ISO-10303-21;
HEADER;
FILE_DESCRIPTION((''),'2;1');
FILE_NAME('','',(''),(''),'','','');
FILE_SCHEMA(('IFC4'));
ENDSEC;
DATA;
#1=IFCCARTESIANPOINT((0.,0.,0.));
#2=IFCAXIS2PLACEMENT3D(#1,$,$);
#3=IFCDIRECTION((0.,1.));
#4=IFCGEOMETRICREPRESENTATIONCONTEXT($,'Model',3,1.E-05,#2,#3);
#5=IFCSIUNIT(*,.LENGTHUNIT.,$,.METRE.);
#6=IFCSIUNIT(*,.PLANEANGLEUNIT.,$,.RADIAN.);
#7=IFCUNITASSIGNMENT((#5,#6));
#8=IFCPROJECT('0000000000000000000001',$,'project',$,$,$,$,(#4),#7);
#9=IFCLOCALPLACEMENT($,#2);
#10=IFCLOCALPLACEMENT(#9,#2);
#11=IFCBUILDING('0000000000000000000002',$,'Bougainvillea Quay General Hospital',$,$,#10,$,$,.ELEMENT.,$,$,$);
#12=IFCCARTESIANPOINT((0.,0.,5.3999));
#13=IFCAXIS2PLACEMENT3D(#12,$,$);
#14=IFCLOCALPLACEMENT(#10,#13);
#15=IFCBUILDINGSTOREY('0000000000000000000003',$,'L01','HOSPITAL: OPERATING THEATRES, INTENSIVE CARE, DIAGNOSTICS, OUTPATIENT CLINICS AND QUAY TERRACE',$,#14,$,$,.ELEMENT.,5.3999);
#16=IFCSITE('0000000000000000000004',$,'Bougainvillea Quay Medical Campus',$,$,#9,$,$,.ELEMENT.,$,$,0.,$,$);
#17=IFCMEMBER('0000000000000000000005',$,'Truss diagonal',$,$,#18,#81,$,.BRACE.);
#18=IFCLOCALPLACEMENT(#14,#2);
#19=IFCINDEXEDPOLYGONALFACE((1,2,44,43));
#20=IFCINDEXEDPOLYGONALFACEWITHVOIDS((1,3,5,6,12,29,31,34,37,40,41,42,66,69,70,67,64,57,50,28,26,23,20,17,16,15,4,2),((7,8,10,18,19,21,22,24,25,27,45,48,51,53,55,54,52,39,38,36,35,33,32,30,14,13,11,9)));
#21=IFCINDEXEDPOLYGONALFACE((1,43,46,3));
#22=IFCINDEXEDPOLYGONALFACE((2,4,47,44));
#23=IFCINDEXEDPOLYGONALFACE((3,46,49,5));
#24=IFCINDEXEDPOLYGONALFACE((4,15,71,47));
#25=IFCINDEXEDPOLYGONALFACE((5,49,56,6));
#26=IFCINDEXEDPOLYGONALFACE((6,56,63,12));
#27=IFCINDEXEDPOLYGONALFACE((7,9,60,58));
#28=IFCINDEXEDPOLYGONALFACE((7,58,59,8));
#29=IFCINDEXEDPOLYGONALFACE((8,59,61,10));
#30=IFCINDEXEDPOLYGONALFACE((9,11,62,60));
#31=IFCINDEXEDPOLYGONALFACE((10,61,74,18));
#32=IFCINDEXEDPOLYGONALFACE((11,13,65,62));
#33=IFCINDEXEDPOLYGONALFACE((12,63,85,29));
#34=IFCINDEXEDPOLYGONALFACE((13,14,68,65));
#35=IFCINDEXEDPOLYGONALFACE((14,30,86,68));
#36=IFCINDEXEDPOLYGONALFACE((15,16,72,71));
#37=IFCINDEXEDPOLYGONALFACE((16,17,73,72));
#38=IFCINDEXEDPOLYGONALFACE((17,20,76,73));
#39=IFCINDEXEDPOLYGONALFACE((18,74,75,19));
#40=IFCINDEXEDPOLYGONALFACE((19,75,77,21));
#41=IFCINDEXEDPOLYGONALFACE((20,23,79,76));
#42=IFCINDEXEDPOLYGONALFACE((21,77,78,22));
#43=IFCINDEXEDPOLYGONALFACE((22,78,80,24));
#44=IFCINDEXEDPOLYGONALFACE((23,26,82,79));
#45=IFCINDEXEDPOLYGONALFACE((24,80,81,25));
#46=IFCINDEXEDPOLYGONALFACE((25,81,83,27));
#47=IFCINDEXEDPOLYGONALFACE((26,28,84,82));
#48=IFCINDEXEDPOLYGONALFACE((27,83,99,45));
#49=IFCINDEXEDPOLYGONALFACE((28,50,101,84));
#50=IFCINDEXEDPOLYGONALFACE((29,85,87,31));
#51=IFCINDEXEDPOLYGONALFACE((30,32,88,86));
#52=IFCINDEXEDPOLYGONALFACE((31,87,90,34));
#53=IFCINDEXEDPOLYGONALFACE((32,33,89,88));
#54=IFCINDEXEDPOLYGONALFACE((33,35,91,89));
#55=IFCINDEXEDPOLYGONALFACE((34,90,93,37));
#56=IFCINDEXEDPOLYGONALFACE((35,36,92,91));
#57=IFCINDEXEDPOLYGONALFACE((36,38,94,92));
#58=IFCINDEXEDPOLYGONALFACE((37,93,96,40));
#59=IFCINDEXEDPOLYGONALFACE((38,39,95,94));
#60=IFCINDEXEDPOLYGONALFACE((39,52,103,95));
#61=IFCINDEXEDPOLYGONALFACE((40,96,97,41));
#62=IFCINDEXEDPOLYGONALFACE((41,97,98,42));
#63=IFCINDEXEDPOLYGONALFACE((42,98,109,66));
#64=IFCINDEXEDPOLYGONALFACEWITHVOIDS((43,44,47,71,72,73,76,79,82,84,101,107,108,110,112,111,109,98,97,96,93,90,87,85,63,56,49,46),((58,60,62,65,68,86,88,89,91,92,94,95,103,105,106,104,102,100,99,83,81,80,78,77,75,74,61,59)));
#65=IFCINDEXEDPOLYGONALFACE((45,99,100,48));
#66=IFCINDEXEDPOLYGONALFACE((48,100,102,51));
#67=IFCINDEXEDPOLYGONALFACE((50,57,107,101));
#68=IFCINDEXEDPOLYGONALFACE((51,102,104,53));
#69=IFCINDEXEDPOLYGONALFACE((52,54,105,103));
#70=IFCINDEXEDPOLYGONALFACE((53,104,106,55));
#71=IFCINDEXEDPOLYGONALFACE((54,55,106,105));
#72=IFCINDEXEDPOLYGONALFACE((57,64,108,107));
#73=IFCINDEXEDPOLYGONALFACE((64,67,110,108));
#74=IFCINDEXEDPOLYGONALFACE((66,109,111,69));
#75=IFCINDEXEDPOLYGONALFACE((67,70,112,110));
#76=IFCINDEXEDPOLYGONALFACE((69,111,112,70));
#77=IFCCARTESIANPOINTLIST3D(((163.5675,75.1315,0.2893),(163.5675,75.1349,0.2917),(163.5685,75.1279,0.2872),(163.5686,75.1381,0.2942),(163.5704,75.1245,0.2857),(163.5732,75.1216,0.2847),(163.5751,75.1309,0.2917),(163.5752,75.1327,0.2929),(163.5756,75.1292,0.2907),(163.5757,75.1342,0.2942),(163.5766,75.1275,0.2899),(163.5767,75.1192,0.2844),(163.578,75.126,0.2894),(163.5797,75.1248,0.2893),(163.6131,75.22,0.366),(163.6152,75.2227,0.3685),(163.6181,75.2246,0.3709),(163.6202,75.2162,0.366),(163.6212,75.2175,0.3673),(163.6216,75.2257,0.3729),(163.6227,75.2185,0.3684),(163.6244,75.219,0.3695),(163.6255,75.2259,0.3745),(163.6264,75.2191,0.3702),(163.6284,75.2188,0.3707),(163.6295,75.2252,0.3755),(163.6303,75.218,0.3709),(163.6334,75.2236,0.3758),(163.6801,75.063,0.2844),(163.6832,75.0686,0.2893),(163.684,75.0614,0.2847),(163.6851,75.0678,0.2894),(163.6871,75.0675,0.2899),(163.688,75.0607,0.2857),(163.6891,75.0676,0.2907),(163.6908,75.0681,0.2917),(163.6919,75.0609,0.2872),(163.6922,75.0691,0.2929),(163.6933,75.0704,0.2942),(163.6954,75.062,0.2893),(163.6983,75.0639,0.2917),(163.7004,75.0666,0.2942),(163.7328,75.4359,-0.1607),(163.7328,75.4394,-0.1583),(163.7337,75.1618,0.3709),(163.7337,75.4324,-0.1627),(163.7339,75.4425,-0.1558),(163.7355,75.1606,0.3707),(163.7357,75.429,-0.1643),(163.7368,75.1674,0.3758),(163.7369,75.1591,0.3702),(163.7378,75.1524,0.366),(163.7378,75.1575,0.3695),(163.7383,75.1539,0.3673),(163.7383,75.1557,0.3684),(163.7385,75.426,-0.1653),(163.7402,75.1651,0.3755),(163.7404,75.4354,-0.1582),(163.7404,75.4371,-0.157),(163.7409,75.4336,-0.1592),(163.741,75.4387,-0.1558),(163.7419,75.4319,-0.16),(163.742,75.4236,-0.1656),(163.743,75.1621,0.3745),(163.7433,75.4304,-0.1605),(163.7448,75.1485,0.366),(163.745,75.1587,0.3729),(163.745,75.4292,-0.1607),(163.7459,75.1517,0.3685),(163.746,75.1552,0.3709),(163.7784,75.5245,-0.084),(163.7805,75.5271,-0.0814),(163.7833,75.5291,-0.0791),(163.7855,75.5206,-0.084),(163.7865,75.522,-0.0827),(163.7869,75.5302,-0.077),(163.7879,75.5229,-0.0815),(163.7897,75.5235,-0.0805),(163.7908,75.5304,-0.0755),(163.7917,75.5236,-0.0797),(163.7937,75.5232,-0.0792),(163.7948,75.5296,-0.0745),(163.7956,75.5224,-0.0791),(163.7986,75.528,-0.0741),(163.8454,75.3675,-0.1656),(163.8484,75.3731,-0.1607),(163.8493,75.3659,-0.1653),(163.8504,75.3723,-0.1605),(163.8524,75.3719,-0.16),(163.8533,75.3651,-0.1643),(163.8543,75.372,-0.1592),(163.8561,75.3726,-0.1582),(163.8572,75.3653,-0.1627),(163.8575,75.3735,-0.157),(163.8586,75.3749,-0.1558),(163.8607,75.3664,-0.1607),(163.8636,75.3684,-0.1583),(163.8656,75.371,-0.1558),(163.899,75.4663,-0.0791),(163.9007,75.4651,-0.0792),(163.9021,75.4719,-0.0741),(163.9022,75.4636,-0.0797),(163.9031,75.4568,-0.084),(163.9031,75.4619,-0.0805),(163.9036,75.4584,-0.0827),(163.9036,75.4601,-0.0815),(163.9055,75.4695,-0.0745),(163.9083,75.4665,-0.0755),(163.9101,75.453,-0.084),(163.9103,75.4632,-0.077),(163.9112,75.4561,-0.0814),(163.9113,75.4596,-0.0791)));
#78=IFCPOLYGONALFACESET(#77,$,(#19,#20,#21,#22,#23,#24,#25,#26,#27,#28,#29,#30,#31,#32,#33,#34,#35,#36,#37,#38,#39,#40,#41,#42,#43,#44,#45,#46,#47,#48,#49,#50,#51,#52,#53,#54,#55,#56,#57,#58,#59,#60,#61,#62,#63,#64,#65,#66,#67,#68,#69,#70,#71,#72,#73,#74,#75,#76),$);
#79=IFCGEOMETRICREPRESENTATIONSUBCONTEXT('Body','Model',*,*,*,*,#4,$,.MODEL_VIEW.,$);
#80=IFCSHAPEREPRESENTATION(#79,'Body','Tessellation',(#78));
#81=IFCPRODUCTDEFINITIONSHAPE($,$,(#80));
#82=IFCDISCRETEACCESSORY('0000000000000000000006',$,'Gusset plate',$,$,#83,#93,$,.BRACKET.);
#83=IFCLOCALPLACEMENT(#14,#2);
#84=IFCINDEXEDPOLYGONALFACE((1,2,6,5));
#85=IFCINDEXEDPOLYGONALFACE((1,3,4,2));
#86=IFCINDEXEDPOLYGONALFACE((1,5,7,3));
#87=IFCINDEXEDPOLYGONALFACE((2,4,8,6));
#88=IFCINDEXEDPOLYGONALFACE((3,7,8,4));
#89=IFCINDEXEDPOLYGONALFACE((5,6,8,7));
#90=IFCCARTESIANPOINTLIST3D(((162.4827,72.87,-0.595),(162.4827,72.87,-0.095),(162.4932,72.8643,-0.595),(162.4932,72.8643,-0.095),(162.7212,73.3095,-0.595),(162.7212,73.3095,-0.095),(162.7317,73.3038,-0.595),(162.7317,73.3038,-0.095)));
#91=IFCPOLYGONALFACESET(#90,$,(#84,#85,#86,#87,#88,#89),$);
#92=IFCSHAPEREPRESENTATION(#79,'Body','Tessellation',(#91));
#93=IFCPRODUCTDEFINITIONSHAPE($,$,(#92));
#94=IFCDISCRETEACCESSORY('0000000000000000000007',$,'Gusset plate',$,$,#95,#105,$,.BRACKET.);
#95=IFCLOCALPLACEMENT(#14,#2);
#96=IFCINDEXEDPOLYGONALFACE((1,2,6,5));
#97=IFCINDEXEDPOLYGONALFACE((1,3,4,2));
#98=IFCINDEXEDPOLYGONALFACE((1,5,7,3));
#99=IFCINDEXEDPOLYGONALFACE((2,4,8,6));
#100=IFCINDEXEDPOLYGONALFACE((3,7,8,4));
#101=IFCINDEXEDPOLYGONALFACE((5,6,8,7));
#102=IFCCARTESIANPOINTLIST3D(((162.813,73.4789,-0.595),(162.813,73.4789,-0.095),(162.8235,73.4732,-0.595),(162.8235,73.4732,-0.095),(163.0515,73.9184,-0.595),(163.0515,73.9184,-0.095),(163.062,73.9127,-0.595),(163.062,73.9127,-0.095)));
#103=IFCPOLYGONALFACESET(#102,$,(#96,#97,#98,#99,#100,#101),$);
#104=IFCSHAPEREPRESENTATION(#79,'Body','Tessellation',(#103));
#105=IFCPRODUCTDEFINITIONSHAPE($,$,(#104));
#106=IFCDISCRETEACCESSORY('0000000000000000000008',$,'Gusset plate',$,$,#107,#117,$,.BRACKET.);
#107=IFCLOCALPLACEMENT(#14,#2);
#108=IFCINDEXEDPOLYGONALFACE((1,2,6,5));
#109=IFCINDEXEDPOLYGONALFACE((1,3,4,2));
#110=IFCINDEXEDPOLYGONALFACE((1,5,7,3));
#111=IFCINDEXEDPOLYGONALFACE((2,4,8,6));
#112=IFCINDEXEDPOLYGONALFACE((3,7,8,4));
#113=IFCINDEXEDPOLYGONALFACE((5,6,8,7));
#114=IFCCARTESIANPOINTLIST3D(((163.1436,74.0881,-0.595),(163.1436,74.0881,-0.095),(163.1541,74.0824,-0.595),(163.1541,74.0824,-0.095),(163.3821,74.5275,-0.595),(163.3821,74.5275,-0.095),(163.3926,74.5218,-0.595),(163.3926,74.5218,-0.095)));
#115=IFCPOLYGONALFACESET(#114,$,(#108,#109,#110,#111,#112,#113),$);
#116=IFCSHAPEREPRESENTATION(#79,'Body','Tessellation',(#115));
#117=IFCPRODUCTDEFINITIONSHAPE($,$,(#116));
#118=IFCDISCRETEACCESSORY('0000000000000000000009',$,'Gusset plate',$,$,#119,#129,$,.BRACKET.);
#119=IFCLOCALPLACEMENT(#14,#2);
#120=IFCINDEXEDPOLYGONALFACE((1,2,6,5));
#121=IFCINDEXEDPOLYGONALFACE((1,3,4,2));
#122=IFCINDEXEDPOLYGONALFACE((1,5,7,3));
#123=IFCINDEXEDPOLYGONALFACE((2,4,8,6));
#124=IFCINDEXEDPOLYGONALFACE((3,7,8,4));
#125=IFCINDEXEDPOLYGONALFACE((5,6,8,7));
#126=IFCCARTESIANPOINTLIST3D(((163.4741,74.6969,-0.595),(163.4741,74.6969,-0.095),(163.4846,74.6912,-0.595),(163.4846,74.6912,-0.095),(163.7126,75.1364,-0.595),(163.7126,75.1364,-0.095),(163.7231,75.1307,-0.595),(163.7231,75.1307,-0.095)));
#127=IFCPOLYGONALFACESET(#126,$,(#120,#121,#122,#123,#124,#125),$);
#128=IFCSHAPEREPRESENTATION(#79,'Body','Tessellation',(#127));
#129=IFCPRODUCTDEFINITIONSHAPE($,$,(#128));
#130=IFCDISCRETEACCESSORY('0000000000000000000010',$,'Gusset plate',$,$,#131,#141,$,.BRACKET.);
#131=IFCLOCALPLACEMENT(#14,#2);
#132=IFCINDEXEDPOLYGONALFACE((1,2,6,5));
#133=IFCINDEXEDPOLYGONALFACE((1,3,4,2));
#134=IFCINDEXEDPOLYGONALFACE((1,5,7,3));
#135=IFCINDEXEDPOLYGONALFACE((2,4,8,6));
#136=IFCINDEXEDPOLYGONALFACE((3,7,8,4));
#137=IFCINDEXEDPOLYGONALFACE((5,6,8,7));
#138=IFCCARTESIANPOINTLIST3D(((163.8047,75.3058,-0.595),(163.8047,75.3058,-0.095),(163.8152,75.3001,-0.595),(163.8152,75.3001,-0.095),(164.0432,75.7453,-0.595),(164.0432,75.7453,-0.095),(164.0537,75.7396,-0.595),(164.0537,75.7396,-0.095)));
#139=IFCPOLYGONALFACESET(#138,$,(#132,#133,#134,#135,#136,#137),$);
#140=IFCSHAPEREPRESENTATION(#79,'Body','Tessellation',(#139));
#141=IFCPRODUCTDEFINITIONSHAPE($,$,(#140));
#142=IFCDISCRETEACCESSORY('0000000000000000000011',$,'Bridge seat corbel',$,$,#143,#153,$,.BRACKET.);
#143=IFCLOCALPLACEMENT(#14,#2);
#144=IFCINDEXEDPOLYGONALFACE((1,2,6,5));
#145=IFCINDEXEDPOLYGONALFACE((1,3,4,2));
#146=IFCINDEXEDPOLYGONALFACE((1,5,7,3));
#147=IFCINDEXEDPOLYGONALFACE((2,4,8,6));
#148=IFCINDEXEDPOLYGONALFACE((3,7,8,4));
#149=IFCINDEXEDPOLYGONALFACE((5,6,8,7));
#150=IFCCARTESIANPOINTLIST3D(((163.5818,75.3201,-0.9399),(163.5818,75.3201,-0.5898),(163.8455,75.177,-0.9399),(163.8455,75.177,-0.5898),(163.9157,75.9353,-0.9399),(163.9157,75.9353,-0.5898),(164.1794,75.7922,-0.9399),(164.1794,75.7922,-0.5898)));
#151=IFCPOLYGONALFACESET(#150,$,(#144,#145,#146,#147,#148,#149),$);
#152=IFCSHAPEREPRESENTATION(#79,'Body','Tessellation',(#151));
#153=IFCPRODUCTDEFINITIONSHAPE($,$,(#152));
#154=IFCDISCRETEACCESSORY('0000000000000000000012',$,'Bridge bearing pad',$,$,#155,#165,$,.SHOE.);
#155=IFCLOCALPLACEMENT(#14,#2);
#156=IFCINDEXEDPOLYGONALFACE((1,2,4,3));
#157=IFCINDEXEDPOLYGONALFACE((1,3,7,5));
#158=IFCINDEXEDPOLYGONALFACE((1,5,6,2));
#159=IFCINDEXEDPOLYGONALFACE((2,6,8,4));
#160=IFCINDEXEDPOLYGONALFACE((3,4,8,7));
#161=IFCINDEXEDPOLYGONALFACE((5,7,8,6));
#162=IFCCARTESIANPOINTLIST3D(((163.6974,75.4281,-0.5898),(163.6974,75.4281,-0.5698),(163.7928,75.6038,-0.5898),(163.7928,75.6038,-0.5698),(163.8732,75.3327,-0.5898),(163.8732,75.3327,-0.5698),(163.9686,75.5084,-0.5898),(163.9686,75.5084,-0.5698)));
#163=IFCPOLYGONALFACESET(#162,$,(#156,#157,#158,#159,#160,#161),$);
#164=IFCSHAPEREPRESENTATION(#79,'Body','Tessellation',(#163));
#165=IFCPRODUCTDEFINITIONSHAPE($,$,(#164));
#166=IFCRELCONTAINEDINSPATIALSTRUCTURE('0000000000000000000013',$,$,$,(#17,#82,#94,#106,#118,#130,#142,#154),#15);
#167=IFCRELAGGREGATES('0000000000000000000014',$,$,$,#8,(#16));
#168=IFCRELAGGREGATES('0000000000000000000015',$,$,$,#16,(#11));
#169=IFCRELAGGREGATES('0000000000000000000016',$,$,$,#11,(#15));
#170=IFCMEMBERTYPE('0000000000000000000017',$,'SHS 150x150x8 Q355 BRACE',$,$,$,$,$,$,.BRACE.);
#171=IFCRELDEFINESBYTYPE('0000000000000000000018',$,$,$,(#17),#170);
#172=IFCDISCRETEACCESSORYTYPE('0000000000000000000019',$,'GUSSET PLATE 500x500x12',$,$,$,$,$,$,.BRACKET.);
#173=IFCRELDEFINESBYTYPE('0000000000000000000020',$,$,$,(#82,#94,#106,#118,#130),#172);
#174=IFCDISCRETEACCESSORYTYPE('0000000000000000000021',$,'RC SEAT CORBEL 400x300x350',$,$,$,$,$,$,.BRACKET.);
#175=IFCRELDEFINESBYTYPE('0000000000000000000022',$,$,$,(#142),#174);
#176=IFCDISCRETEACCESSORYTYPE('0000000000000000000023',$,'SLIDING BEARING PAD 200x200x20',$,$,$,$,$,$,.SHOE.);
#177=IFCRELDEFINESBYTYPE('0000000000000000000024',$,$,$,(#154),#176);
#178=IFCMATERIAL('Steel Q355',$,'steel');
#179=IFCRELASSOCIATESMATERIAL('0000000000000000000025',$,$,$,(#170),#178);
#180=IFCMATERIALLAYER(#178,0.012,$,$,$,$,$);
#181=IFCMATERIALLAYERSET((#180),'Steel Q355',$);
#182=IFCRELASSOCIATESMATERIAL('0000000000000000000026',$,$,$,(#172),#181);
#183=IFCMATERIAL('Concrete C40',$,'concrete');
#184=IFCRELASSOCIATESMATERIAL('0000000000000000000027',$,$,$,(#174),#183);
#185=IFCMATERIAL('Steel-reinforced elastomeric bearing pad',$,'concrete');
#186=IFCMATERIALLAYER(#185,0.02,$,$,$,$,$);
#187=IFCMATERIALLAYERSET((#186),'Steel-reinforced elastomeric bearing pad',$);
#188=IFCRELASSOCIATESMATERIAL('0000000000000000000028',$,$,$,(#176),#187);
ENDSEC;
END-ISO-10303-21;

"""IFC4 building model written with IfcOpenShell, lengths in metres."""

from ifc_helpers import new_model, si_unit, direction, frame, origin, origin_2d, place, context, subcontext, project, spatial, rectangle, hollow_rectangle, extrude, material, layer, layer_set, material_profile, profile_set, type_object, element, save


model = new_model("IFC4")

# Units and contexts
model_context = context("Model", 3, precision=1e-05, world=origin(), true_north=direction((0.0, 1.0)))
body_context = subcontext(model_context, "Body", "Model", "MODEL_VIEW")
ifc_project = project(units=[si_unit("LENGTHUNIT", "METRE"), si_unit("PLANEANGLEUNIT", "RADIAN")], contexts=[model_context])

# Site, building, storey
site_placement = place(None, origin())
site = spatial("IfcSite", under=ifc_project, at=site_placement, Name="Bougainvillea Quay Medical Campus", CompositionType="ELEMENT", RefElevation=0.0)
building_placement = place(site_placement, origin())
building = spatial("IfcBuilding", under=site, at=building_placement, Name="Bougainvillea Quay General Hospital", CompositionType="ELEMENT")
storey_placement = place(building_placement, frame((0.0, 0.0, 5.3999)))
storey = spatial("IfcBuildingStorey", under=building, at=storey_placement, Name="L01", Description="HOSPITAL: OPERATING THEATRES, INTENSIVE CARE, DIAGNOSTICS, OUTPATIENT CLINICS AND QUAY TERRACE", CompositionType="ELEMENT", Elevation=5.3999)

# Member
ifc_material_1 = material(Name="Steel Q355", Category="steel")
ifc_material_profile_1 = material_profile(ifc_material_1, hollow_rectangle(XDim=0.1499, YDim=0.1499, WallThickness=0.0081, InnerFilletRadius=0.0081, OuterFilletRadius=0.0161, at=origin_2d()))
ifc_profile_set_1 = profile_set([ifc_material_profile_1], Name="Steel Q355")
member_type_1 = type_object("IfcMemberType", Name="SHS 150x150x8 Q355 BRACE", PredefinedType="BRACE", material=ifc_profile_set_1)
for number, where, z_axis, x_axis, name in (
    (1, (163.822, 75.4478, -0.1199), (-0.291065, -0.536128, 0.792369), (0.878837, -0.477123, 0.0), "Truss diagonal"),
):
    element("IfcMember", number, at=place(storey_placement, frame(where, z_axis=z_axis, x_axis=x_axis)), inside=storey, type_object=member_type_1, Name=name, PredefinedType="BRACE", context=body_context, shape_type="SweptSolid", body=[
        extrude(hollow_rectangle(XDim=0.1499, YDim=0.1499, WallThickness=0.0081, InnerFilletRadius=0.0081, OuterFilletRadius=0.0161, at=origin_2d()), origin(), (0.0, 0.0, 1.0), 0.5679),
    ])

# Discrete accessories
ifc_layer_1 = layer(ifc_material_1, 0.012)
ifc_layer_set_1 = layer_set([ifc_layer_1], Name="Steel Q355")
discrete_accessory_type_1 = type_object("IfcDiscreteAccessoryType", Name="GUSSET PLATE 500x500x12", PredefinedType="BRACKET", material=ifc_layer_set_1)
for number, where, z_axis, x_axis, name in (
    (2, (162.6072, 73.0869, -0.595), (0.0, 0.0, 1.0), (0.477018, 0.878894, 0.0), "Gusset plate"),
    (3, (162.9375, 73.6958, -0.595), (0.0, 0.0, 1.0), (0.477018, 0.878894, 0.0), "Gusset plate"),
    (4, (163.2681, 74.3049, -0.595), (0.0, 0.0, 1.0), (0.477018, 0.878894, 0.0), "Gusset plate"),
    (5, (163.5986, 74.9138, -0.595), (0.0, 0.0, 1.0), (0.477018, 0.878894, 0.0), "Gusset plate"),
    (6, (163.9292, 75.5227, -0.595), (0.0, 0.0, 1.0), (0.477018, 0.878894, 0.0), "Gusset plate"),
):
    element("IfcDiscreteAccessory", number, at=place(storey_placement, frame(where, z_axis=z_axis, x_axis=x_axis)), inside=storey, type_object=discrete_accessory_type_1, Name=name, PredefinedType="BRACKET", context=body_context, shape_type="SweptSolid", body=[
        extrude(rectangle(XDim=0.5, YDim=0.012, at=origin_2d()), origin(), (0.0, 0.0, 1.0), 0.5),
    ])
ifc_material_2 = material(Name="Concrete C40", Category="concrete")
discrete_accessory_type_2 = type_object("IfcDiscreteAccessoryType", Name="RC SEAT CORBEL 400x300x350", PredefinedType="BRACKET", material=ifc_material_2)
discrete_accessory_1_placement = place(storey_placement, frame((163.8806, 75.5562, -0.9399), z_axis=(0.0, 0.0, 1.0), x_axis=(-0.477018, -0.878894, 0.0)))
element("IfcDiscreteAccessory", 7, at=discrete_accessory_1_placement, inside=storey, type_object=discrete_accessory_type_2, Name="Bridge seat corbel", PredefinedType="BRACKET", context=body_context, shape_type="SweptSolid", body=[
    extrude(rectangle(XDim=0.7, YDim=0.3, at=origin_2d()), origin(), (0.0, 0.0, 1.0), 0.3501),
])
ifc_material_3 = material(Name="Steel-reinforced elastomeric bearing pad", Category="concrete")
ifc_layer_2 = layer(ifc_material_3, 0.02)
ifc_layer_set_2 = layer_set([ifc_layer_2], Name="Steel-reinforced elastomeric bearing pad")
discrete_accessory_type_3 = type_object("IfcDiscreteAccessoryType", Name="SLIDING BEARING PAD 200x200x20", PredefinedType="SHOE", material=ifc_layer_set_2)
discrete_accessory_2_placement = place(storey_placement, frame((163.833, 75.4683, -0.5898), z_axis=(0.0, 0.0, 1.0), x_axis=(-0.477018, -0.878894, 0.0)))
element("IfcDiscreteAccessory", 8, at=discrete_accessory_2_placement, inside=storey, type_object=discrete_accessory_type_3, Name="Bridge bearing pad", PredefinedType="SHOE", context=body_context, shape_type="SweptSolid", body=[
    extrude(rectangle(XDim=0.2, YDim=0.2, at=origin_2d()), origin(), (0.0, 0.0, 1.0), 0.02),
])

save(model, "model.ifc")
